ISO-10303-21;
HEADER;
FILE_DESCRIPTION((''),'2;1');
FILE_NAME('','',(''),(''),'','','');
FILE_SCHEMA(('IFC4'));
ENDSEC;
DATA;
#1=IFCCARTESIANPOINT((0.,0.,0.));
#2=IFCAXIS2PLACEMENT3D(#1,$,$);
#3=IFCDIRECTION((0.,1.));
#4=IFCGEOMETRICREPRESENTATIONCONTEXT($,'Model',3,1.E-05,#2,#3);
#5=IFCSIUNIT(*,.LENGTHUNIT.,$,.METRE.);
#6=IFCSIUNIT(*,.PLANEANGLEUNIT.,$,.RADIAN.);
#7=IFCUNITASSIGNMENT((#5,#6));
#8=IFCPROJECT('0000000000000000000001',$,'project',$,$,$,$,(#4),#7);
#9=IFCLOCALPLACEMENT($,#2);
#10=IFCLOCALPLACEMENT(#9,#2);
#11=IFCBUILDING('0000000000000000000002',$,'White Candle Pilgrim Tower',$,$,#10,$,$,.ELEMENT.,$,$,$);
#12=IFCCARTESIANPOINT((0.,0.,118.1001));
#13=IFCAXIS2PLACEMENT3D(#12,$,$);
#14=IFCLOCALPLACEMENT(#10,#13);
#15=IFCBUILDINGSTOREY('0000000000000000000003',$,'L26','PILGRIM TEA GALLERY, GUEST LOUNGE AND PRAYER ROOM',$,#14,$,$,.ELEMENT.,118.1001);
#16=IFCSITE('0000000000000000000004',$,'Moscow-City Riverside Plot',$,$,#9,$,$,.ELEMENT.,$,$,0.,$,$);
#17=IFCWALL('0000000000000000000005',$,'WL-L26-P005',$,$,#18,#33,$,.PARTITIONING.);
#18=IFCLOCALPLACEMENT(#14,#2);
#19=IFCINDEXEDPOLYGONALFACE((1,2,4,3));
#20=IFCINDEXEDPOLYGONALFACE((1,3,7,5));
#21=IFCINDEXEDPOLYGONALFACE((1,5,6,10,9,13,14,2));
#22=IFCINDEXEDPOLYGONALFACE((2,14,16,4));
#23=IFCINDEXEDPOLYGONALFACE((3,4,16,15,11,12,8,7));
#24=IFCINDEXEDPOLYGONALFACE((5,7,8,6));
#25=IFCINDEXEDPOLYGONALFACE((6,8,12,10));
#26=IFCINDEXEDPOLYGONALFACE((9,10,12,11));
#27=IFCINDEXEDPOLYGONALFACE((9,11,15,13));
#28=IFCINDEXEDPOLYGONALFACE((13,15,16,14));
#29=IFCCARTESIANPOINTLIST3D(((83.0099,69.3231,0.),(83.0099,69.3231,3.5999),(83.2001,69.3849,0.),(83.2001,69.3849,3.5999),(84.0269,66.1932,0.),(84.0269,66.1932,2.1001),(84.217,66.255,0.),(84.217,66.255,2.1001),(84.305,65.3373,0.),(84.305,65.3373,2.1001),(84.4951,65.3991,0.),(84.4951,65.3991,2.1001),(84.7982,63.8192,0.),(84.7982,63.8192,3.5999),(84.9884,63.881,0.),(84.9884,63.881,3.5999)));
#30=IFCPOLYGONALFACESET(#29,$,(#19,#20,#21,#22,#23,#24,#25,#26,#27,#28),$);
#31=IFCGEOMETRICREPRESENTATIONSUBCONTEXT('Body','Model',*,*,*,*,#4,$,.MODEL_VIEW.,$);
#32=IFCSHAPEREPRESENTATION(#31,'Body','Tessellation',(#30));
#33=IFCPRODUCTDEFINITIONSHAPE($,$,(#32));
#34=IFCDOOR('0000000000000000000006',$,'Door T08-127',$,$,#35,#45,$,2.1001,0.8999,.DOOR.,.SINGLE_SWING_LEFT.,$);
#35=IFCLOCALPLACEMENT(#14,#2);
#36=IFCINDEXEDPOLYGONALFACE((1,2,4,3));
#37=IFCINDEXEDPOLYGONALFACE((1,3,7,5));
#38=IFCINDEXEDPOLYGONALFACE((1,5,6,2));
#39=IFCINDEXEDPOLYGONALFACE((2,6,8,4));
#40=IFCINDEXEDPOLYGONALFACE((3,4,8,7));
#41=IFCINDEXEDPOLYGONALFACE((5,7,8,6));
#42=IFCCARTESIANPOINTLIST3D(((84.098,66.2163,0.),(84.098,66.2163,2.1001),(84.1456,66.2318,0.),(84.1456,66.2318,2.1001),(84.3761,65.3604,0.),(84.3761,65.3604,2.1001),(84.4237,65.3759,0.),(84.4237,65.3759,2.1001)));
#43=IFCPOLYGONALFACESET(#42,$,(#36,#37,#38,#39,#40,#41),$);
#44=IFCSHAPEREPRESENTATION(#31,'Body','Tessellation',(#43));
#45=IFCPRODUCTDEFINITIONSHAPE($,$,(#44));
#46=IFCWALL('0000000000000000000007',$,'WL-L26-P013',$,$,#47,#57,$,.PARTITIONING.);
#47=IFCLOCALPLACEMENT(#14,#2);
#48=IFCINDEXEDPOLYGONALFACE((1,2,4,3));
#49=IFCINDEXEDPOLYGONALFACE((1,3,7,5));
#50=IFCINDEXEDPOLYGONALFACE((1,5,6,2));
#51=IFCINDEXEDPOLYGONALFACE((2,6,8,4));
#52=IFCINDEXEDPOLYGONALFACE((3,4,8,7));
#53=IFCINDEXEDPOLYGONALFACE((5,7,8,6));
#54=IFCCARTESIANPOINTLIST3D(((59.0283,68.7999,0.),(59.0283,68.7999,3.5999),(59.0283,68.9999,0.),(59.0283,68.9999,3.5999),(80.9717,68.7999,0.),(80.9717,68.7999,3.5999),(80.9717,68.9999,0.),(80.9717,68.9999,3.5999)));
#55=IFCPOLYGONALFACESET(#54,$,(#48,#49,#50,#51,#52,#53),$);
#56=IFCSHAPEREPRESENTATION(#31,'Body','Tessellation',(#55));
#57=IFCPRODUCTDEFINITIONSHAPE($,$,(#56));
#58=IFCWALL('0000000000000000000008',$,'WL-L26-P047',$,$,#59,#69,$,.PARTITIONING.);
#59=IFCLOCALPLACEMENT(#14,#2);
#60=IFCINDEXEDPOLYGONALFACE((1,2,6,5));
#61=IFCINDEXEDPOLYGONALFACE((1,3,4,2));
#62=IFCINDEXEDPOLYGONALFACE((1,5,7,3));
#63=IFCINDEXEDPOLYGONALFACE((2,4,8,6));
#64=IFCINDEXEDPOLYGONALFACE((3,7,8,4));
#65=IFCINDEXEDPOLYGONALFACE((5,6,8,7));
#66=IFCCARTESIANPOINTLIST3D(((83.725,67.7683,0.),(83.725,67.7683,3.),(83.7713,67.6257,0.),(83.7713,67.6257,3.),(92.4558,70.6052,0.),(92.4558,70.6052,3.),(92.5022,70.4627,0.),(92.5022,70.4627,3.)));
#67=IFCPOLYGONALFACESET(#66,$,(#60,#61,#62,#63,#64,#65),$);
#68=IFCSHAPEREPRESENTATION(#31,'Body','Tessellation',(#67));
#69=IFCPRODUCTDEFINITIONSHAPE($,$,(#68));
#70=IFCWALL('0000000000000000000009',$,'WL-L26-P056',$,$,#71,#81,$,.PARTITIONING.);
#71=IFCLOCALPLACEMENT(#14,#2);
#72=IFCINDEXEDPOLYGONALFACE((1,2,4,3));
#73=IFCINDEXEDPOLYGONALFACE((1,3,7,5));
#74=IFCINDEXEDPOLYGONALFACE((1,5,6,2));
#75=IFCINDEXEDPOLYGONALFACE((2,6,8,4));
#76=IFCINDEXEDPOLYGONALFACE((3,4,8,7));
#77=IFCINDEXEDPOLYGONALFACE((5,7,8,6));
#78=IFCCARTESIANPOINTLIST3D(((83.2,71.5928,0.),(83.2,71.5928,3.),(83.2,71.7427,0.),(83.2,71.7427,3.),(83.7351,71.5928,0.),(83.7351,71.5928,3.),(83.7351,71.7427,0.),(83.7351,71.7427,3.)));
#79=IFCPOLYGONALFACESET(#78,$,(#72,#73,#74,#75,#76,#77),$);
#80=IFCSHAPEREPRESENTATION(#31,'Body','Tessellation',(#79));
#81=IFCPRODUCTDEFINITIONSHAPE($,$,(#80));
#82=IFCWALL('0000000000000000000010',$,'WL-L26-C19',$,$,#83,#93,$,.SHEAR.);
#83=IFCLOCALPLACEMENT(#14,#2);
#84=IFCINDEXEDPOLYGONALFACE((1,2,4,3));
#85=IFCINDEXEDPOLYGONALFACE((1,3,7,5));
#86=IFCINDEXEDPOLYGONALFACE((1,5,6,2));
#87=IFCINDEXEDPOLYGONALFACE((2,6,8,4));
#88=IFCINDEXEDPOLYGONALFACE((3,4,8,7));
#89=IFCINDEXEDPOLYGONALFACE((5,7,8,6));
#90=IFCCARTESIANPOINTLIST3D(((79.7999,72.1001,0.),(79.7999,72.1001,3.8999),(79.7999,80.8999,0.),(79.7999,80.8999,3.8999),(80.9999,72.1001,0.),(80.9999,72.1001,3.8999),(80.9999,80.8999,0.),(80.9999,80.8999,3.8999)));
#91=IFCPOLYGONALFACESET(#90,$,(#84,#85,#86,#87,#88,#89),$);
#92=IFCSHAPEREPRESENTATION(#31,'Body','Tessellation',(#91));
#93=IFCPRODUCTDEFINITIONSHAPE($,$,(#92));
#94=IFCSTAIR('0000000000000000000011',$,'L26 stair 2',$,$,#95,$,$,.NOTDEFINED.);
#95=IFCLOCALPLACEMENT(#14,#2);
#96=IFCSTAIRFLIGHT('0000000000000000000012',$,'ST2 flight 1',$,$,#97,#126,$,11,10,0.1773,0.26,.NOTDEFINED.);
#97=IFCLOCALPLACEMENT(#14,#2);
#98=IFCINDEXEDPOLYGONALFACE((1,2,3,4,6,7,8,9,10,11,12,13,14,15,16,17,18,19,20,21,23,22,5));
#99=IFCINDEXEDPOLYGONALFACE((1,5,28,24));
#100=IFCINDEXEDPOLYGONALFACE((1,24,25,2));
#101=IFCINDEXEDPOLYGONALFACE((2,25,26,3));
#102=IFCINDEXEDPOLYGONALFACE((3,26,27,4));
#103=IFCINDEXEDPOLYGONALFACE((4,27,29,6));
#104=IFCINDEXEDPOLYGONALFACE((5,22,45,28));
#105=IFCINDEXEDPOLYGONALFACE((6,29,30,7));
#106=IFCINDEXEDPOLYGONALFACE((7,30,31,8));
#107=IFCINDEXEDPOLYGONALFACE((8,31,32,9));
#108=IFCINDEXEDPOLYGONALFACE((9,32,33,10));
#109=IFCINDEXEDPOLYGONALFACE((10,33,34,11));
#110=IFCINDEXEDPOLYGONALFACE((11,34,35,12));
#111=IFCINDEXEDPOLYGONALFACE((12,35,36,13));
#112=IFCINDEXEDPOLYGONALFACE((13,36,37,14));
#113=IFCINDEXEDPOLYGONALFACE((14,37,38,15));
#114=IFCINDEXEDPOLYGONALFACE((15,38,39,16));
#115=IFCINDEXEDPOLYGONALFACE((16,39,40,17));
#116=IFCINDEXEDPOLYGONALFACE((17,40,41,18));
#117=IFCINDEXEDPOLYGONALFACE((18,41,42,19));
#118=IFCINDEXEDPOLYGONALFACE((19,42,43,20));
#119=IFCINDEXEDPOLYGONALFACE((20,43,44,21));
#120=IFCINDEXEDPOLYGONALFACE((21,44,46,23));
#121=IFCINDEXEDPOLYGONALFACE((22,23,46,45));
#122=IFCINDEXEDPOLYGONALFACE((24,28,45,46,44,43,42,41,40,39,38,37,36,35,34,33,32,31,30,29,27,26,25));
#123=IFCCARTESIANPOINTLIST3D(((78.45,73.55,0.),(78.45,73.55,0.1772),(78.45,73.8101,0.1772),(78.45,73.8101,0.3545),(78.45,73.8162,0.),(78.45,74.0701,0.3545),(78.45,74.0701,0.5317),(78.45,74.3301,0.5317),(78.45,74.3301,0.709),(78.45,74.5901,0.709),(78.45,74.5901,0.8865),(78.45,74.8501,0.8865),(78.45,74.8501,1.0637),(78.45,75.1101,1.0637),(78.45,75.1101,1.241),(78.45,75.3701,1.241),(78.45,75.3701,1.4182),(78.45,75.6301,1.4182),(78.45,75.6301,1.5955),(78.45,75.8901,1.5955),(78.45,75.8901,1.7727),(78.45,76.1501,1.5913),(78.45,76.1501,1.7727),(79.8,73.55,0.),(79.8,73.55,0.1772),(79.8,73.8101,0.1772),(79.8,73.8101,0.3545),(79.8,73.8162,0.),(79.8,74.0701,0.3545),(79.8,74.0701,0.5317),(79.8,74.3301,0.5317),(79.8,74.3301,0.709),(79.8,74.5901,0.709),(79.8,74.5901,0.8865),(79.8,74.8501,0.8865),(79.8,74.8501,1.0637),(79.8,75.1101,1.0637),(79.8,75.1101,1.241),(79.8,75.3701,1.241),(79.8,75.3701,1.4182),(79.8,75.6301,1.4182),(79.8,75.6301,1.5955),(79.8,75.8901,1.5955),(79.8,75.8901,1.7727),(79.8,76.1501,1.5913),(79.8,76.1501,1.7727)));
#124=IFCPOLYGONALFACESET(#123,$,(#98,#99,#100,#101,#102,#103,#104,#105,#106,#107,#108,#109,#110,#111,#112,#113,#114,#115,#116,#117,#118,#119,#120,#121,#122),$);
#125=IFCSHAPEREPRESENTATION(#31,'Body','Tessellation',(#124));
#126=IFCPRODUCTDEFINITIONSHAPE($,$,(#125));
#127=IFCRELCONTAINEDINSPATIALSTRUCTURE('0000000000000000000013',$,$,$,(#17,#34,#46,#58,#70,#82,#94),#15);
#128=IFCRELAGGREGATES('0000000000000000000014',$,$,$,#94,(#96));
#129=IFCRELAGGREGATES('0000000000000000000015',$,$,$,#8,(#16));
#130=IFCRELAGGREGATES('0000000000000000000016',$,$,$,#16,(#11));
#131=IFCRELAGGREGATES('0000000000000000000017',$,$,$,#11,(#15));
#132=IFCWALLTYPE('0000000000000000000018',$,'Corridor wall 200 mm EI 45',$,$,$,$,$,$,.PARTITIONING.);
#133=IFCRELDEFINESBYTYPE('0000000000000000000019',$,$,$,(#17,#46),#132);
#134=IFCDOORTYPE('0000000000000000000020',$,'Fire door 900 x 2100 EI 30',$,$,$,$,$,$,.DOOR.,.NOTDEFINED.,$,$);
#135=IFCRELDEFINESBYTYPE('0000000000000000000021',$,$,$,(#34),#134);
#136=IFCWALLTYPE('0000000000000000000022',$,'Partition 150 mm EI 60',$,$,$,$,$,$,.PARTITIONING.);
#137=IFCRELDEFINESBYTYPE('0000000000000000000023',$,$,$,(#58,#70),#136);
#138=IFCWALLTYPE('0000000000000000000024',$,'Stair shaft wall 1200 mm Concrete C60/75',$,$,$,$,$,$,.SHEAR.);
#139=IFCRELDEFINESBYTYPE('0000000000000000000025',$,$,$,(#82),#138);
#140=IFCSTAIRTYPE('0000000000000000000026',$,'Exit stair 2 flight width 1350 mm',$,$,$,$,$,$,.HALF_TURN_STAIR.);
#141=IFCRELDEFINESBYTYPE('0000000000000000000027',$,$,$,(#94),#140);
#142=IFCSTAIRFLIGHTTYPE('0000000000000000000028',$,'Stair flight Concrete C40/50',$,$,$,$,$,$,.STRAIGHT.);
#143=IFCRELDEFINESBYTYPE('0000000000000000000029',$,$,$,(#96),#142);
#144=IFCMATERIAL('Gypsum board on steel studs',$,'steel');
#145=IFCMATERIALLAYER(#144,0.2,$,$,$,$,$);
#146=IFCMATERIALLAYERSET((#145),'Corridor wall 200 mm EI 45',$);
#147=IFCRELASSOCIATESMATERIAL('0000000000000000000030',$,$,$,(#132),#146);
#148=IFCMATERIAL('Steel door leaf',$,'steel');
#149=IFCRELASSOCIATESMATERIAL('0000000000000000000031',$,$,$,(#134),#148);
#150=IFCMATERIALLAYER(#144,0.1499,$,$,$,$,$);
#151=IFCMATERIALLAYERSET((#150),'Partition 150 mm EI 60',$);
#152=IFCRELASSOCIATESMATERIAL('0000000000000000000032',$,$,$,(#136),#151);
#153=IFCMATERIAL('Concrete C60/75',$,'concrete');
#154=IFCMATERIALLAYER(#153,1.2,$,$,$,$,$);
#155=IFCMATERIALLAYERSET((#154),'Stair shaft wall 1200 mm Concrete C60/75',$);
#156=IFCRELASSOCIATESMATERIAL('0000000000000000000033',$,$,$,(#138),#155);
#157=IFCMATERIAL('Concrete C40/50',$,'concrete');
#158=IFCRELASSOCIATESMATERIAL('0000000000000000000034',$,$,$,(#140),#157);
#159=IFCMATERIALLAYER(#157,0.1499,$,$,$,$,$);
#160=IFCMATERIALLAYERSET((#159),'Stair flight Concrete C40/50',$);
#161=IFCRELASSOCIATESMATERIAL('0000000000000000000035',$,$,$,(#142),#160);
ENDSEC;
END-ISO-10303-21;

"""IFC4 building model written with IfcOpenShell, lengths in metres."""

from ifc_helpers import new_model, si_unit, direction, frame, frame_2d, origin, place, context, subcontext, project, spatial, polyline, rectangle, outline, extrude, material, layer, layer_set, type_object, element, fill, aggregate, save


model = new_model("IFC4")

# Units and contexts
model_context = context("Model", 3, precision=1e-05, world=origin(), true_north=direction((0.0, 1.0)))
body_context = subcontext(model_context, "Body", "Model", "MODEL_VIEW")
ifc_project = project(units=[si_unit("LENGTHUNIT", "METRE"), si_unit("PLANEANGLEUNIT", "RADIAN")], contexts=[model_context])

# Site, building, storey
site_placement = place(None, origin())
site = spatial("IfcSite", under=ifc_project, at=site_placement, Name="Moscow-City Riverside Plot", CompositionType="ELEMENT", RefElevation=0.0)
building_placement = place(site_placement, origin())
building = spatial("IfcBuilding", under=site, at=building_placement, Name="White Candle Pilgrim Tower", CompositionType="ELEMENT")
storey_placement = place(building_placement, frame((0.0, 0.0, 118.1001)))
storey = spatial("IfcBuildingStorey", under=building, at=storey_placement, Name="L26", Description="PILGRIM TEA GALLERY, GUEST LOUNGE AND PRAYER ROOM", CompositionType="ELEMENT", Elevation=118.1001)

# Wall, opening, door
ifc_material_1 = material(Name="Gypsum board on steel studs", Category="steel")
ifc_layer_1 = layer(ifc_material_1, 0.2)
ifc_layer_set_1 = layer_set([ifc_layer_1], Name="Corridor wall 200 mm EI 45")
wall_type_1 = type_object("IfcWallType", Name="Corridor wall 200 mm EI 45", PredefinedType="PARTITIONING", material=ifc_layer_set_1)
wall_1_placement = place(storey_placement, frame((83.105, 69.354, 0.0), z_axis=(0.0, 0.0, 1.0), x_axis=(0.309017, -0.951056, 0.0)))
wall_1 = element("IfcWall", 1, at=wall_1_placement, inside=storey, type_object=wall_type_1, Name="WL-L26-P005", PredefinedType="PARTITIONING", context=body_context, shape_type="SweptSolid", body=[
    extrude(rectangle(XDim=5.7871, YDim=0.2, at=frame_2d((2.8936, 0.0))), origin(), (0.0, 0.0, 1.0), 3.5999),
])
opening_placement = place(wall_1_placement, frame((3.291, 0.0, 0.0)))
opening = element("IfcOpeningElement", 2, at=opening_placement, cuts=wall_1, PredefinedType="OPENING", context=body_context, shape_type="SweptSolid", body=[
    extrude(rectangle(XDim=0.8999, YDim=2.1001, at=frame_2d((0.45, 1.05))), frame((0.0, 0.1099, 0.0), z_axis=(0.0, -1.0, 0.0), x_axis=(1.0, 0.0, 0.0)), (0.0, 0.0, 1.0), 0.22),
])
ifc_material_2 = material(Name="Steel door leaf", Category="steel")
door_type = type_object("IfcDoorType", Name="Fire door 900 x 2100 EI 30", OperationType="NOTDEFINED", PredefinedType="DOOR", material=ifc_material_2)
door_placement = place(opening_placement, origin())
door = element("IfcDoor", 3, at=door_placement, inside=storey, type_object=door_type, Name="Door T08-127", OperationType="SINGLE_SWING_LEFT", OverallHeight=2.1001, OverallWidth=0.8999, PredefinedType="DOOR", context=body_context, shape_type="SweptSolid", body=[
    extrude(rectangle(XDim=0.8999, YDim=2.1001, at=frame_2d((0.45, 1.05))), frame((0.0, 0.0249, 0.0), z_axis=(0.0, -1.0, 0.0), x_axis=(1.0, 0.0, 0.0)), (0.0, 0.0, 1.0), 0.05),
])
fill(opening, door)

# Walls
wall_2_placement = place(storey_placement, frame((80.9717, 68.8999, 0.0), z_axis=(0.0, 0.0, 1.0), x_axis=(-1.0, 0.0, 0.0)))
element("IfcWall", 4, at=wall_2_placement, inside=storey, type_object=wall_type_1, Name="WL-L26-P013", PredefinedType="PARTITIONING", context=body_context, shape_type="SweptSolid", body=[
    extrude(rectangle(XDim=21.9434, YDim=0.2, at=frame_2d((10.9717, 0.0))), origin(), (0.0, 0.0, 1.0), 3.5999),
])
ifc_layer_2 = layer(ifc_material_1, 0.1499)
ifc_layer_set_2 = layer_set([ifc_layer_2], Name="Partition 150 mm EI 60")
wall_type_2 = type_object("IfcWallType", Name="Partition 150 mm EI 60", PredefinedType="PARTITIONING", material=ifc_layer_set_2)
wall_3_placement = place(storey_placement, frame((92.479, 70.5339, 0.0), z_axis=(0.0, 0.0, 1.0), x_axis=(-0.951052, -0.30903, 0.0)))
element("IfcWall", 5, at=wall_3_placement, inside=storey, type_object=wall_type_2, Name="WL-L26-P047", PredefinedType="PARTITIONING", context=body_context, shape_type="SweptSolid", body=[
    extrude(rectangle(XDim=9.1802, YDim=0.1499, at=frame_2d((4.5901, 0.0))), origin(), (0.0, 0.0, 1.0), 3.0),
])
wall_4_placement = place(storey_placement, frame((83.7351, 71.6677, 0.0), z_axis=(0.0, 0.0, 1.0), x_axis=(-1.0, 0.0, 0.0)))
element("IfcWall", 6, at=wall_4_placement, inside=storey, type_object=wall_type_2, Name="WL-L26-P056", PredefinedType="PARTITIONING", context=body_context, shape_type="SweptSolid", body=[
    extrude(rectangle(XDim=0.5352, YDim=0.1499, at=frame_2d((0.2676, 0.0))), origin(), (0.0, 0.0, 1.0), 3.0),
])
ifc_material_3 = material(Name="Concrete C60/75", Category="concrete")
ifc_layer_3 = layer(ifc_material_3, 1.2)
ifc_layer_set_3 = layer_set([ifc_layer_3], Name="Stair shaft wall 1200 mm Concrete C60/75")
wall_type_3 = type_object("IfcWallType", Name="Stair shaft wall 1200 mm Concrete C60/75", PredefinedType="SHEAR", material=ifc_layer_set_3)
wall_5_placement = place(storey_placement, frame((80.3999, 72.1001, 0.0), z_axis=(0.0, 0.0, 1.0), x_axis=(0.0, 1.0, 0.0)))
element("IfcWall", 7, at=wall_5_placement, inside=storey, type_object=wall_type_3, Name="WL-L26-C19", PredefinedType="SHEAR", context=body_context, shape_type="SweptSolid", body=[
    extrude(rectangle(XDim=8.7998, YDim=1.2, at=frame_2d((4.3999, 0.0))), origin(), (0.0, 0.0, 1.0), 3.8999),
])

# Stair, stair flight
ifc_material_4 = material(Name="Concrete C40/50", Category="concrete")
stair_type = type_object("IfcStairType", Name="Exit stair 2 flight width 1350 mm", PredefinedType="HALF_TURN_STAIR", material=ifc_material_4)
stair_placement = place(storey_placement, origin())
stair = element("IfcStair", 8, at=stair_placement, inside=storey, type_object=stair_type, Name="L26 stair 2", PredefinedType="NOTDEFINED")
ifc_layer_4 = layer(ifc_material_4, 0.1499)
ifc_layer_set_4 = layer_set([ifc_layer_4], Name="Stair flight Concrete C40/50")
stair_flight_type = type_object("IfcStairFlightType", Name="Stair flight Concrete C40/50", PredefinedType="STRAIGHT", material=ifc_layer_set_4)
stair_flight_placement = place(storey_placement, frame((79.125, 73.55, 0.0), z_axis=(0.0, 0.0, 1.0), x_axis=(0.0, 1.0, 0.0)))
stair_flight = element("IfcStairFlight", 9, at=stair_flight_placement, type_object=stair_flight_type, Name="ST2 flight 1", NumberOfRisers=11, NumberOfTreads=10, PredefinedType="NOTDEFINED", RiserHeight=0.1773, TreadLength=0.26, context=body_context, shape_type="SweptSolid", body=[
    extrude(outline(polyline([(0.0, 0.0), (0.0, 0.1772), (0.26, 0.1772), (0.26, 0.3545), (0.52, 0.3545), (0.52, 0.5317), (0.78, 0.5317), (0.78, 0.709), (1.04, 0.709), (1.04, 0.8865), (1.3, 0.8865), (1.3, 1.0637), (1.5601, 1.0637), (1.5601, 1.241), (1.8201, 1.241), (1.8201, 1.4182), (2.0801, 1.4182), (2.0801, 1.5955), (2.3401, 1.5955), (2.3401, 1.7727), (2.6001, 1.7727), (2.6001, 1.95), (2.6001, 1.5913), (0.2661, 0.0), (0.0, 0.0)])), frame((0.0, 0.675, 0.0), z_axis=(0.0, -1.0, 0.0), x_axis=(1.0, 0.0, 0.0)), (0.0, 0.0, 1.0), 1.3501),
])
aggregate(stair, [stair_flight])

save(model, "model.ifc")
